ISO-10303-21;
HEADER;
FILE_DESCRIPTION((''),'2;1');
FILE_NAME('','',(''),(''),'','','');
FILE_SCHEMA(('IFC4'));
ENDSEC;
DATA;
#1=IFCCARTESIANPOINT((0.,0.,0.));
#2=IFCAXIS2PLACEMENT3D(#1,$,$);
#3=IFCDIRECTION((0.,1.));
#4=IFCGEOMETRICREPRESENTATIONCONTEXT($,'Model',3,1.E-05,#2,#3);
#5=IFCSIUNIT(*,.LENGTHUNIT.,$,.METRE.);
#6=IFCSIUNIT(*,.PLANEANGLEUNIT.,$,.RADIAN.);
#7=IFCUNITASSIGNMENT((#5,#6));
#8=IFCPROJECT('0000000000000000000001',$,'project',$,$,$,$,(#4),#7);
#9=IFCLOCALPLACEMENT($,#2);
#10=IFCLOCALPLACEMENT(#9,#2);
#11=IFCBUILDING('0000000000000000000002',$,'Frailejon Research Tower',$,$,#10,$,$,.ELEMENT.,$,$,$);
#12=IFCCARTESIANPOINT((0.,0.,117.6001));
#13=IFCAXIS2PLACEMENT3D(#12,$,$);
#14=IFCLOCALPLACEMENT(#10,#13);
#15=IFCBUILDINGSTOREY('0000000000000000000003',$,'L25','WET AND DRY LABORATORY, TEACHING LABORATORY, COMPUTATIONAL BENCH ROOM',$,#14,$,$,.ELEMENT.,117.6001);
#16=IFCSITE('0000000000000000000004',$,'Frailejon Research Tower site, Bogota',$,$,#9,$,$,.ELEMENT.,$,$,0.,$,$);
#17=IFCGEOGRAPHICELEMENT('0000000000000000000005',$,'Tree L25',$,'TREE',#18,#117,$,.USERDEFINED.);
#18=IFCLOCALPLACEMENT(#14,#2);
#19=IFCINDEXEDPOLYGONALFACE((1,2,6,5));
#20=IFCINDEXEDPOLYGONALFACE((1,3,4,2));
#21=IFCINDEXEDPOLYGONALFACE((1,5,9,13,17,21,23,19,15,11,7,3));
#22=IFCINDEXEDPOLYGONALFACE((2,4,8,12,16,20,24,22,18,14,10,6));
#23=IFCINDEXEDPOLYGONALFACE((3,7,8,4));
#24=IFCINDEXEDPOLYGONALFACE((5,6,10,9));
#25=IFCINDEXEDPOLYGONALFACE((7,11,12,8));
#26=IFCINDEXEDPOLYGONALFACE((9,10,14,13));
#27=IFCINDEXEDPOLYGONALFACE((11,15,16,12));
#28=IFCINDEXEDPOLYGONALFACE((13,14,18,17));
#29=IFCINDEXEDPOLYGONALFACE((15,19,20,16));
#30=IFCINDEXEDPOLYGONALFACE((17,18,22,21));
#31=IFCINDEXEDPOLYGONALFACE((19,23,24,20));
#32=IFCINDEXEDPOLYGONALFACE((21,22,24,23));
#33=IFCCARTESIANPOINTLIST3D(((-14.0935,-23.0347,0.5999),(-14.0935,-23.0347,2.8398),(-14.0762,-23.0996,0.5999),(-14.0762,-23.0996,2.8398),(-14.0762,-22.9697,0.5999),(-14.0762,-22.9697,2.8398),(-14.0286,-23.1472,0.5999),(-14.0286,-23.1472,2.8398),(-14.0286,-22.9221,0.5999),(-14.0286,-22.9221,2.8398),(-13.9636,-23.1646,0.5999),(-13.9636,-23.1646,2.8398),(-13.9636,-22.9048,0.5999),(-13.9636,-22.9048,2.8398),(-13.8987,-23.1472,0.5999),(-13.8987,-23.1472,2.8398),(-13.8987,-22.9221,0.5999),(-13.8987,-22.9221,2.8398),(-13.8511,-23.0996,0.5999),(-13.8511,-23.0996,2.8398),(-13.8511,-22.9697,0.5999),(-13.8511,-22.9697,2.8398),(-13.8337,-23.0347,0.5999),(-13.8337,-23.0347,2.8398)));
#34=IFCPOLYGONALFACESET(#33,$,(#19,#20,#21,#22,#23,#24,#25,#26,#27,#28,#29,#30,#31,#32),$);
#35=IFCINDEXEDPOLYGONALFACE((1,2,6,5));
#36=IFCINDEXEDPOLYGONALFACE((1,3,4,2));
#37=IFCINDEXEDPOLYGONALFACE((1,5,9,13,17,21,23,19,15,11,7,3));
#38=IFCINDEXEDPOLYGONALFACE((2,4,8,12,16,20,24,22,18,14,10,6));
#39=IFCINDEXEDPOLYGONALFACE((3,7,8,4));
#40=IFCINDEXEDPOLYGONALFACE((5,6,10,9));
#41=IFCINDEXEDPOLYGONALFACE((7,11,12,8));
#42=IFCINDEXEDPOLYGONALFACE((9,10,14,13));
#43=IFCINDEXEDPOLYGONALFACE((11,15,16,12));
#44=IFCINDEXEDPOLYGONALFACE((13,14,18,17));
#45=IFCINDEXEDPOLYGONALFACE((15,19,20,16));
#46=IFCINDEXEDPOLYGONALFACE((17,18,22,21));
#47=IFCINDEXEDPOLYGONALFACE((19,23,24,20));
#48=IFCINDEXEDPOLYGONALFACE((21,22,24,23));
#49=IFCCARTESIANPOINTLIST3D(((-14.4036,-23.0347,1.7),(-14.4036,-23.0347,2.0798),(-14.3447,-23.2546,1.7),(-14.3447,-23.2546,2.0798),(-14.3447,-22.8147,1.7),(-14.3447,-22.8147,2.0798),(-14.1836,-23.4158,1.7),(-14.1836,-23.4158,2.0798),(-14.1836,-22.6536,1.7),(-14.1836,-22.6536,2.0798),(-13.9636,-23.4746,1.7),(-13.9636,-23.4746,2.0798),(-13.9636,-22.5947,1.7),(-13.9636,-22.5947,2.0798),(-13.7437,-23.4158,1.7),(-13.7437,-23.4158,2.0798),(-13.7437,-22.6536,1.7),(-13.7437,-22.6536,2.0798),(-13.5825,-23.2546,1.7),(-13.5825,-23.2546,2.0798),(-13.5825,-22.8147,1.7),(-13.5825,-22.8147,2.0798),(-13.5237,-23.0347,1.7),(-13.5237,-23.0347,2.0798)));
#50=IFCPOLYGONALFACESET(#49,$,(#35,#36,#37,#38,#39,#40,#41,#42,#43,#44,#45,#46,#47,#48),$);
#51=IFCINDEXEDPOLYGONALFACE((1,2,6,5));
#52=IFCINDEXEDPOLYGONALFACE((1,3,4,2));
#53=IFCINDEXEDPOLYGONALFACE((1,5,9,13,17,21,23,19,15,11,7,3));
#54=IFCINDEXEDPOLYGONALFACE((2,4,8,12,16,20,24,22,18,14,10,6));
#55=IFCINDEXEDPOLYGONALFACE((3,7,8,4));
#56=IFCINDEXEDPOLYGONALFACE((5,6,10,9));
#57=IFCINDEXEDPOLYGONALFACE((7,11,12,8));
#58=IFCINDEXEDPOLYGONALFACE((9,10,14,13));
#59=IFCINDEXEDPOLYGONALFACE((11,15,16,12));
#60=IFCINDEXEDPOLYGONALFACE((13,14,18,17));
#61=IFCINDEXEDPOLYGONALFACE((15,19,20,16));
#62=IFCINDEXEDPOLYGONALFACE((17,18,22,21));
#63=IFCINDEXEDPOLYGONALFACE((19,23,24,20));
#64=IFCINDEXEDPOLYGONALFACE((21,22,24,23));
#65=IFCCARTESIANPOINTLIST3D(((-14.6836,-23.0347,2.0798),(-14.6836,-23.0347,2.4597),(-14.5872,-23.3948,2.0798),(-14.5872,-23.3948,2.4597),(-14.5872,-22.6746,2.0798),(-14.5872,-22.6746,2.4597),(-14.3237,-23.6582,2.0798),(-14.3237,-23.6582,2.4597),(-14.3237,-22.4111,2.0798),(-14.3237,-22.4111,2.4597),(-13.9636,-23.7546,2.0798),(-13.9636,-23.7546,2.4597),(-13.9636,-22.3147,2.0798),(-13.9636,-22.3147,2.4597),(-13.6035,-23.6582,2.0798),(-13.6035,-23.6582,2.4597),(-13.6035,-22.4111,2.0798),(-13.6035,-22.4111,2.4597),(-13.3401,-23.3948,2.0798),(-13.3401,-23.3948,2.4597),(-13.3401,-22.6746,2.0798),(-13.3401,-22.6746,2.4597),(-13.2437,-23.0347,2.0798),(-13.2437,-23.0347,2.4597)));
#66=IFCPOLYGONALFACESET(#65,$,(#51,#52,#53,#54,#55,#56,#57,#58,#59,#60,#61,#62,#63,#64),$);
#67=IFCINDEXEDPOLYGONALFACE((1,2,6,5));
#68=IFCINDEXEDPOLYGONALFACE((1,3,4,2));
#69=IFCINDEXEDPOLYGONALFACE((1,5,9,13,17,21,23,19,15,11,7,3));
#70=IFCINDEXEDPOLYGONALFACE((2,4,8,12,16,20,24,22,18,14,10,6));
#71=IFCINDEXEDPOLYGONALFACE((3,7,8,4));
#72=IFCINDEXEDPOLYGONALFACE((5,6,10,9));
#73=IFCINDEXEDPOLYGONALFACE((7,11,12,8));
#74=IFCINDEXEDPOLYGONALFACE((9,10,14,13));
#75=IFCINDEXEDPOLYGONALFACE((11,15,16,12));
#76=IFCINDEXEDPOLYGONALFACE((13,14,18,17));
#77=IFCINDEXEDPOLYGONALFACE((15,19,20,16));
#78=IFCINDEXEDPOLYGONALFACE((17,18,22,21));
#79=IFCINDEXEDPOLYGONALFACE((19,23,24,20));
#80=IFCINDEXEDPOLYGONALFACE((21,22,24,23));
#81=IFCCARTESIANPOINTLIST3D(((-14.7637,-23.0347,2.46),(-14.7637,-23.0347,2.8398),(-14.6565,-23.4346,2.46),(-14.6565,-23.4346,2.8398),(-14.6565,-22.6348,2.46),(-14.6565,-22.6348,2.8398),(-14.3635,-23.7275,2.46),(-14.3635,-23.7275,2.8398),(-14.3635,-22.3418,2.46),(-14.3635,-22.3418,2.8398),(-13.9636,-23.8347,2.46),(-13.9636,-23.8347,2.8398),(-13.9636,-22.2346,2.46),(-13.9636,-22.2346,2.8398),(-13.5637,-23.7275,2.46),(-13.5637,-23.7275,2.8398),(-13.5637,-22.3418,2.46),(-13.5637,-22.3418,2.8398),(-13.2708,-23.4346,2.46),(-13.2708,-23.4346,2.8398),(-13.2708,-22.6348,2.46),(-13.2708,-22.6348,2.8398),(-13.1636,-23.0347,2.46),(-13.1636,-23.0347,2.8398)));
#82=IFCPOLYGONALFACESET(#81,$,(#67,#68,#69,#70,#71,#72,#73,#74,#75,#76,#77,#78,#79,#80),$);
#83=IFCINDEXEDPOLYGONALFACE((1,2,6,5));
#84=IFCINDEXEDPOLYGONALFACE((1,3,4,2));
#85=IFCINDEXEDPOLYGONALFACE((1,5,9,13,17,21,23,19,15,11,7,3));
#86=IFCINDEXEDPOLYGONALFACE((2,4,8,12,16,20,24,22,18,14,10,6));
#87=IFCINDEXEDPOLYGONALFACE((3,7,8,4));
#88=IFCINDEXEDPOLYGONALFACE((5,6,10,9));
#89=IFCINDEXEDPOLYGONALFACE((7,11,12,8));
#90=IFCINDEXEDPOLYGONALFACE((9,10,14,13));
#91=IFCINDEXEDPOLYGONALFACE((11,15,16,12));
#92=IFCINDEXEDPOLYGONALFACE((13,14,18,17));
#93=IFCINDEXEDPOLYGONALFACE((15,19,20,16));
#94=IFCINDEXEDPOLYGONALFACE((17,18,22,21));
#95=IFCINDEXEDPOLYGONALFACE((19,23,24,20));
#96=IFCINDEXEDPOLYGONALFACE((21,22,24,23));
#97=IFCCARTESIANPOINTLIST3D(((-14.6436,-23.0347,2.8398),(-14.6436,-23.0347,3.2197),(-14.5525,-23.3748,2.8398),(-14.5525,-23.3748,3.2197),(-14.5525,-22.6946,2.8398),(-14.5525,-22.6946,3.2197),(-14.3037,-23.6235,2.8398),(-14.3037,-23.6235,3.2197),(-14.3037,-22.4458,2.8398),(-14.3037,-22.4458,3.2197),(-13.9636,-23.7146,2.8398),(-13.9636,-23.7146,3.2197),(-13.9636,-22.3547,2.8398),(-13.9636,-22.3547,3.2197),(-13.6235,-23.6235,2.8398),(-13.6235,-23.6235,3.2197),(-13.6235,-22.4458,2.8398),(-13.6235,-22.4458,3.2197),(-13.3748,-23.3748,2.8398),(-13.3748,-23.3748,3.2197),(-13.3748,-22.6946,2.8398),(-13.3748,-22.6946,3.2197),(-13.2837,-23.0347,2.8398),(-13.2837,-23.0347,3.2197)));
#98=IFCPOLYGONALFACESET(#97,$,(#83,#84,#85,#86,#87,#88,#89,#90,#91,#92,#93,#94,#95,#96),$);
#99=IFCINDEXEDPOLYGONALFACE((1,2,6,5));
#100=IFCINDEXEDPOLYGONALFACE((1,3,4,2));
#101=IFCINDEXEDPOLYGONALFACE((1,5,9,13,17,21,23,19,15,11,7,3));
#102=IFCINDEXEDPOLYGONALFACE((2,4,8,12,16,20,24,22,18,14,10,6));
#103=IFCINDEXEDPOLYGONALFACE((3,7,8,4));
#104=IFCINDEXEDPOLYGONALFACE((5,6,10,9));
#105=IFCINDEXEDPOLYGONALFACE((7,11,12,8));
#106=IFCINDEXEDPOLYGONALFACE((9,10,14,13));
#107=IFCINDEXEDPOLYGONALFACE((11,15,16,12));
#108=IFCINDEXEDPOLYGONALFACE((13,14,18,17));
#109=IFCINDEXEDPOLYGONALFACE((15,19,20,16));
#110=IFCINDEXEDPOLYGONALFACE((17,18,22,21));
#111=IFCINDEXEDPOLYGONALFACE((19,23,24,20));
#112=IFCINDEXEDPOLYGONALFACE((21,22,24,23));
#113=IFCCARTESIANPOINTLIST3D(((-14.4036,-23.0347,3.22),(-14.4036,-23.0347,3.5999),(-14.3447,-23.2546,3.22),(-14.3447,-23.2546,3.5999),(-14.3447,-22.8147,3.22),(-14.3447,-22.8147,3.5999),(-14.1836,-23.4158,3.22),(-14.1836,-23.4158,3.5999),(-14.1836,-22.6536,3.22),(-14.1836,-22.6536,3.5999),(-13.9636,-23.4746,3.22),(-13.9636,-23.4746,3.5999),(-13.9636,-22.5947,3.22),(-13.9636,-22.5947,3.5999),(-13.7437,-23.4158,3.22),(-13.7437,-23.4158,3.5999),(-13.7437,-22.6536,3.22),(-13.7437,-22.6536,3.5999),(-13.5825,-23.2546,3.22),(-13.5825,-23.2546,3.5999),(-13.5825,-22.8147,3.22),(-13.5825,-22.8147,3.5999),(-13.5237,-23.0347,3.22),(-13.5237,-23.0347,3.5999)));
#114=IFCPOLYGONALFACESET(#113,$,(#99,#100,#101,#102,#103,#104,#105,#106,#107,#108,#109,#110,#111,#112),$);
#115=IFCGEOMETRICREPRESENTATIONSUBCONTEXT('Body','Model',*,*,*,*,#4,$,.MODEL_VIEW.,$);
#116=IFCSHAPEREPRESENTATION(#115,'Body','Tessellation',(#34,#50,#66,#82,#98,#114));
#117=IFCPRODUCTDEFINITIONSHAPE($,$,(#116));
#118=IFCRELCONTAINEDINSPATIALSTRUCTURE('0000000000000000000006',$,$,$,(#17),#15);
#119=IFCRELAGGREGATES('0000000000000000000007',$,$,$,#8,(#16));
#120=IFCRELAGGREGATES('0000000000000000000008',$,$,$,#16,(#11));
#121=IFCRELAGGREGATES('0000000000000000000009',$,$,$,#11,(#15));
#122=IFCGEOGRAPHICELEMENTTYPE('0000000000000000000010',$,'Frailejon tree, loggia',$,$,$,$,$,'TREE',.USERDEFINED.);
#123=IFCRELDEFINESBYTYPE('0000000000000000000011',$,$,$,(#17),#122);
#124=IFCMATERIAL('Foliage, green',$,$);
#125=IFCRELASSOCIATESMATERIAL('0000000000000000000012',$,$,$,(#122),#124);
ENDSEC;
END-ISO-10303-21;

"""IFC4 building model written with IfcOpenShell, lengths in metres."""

from ifc_helpers import new_model, si_unit, direction, frame, origin, place, context, subcontext, project, spatial, polyline, outline, extrude, material, type_object, element, save


model = new_model("IFC4")

# Units and contexts
model_context = context("Model", 3, precision=1e-05, world=origin(), true_north=direction((0.0, 1.0)))
body_context = subcontext(model_context, "Body", "Model", "MODEL_VIEW")
ifc_project = project(units=[si_unit("LENGTHUNIT", "METRE"), si_unit("PLANEANGLEUNIT", "RADIAN")], contexts=[model_context])

# Site, building, storey
site_placement = place(None, origin())
site = spatial("IfcSite", under=ifc_project, at=site_placement, Name="Frailejon Research Tower site, Bogota", CompositionType="ELEMENT", RefElevation=0.0)
building_placement = place(site_placement, origin())
building = spatial("IfcBuilding", under=site, at=building_placement, Name="Frailejon Research Tower", CompositionType="ELEMENT")
storey_placement = place(building_placement, frame((0.0, 0.0, 117.6001)))
storey = spatial("IfcBuildingStorey", under=building, at=storey_placement, Name="L25", Description="WET AND DRY LABORATORY, TEACHING LABORATORY, COMPUTATIONAL BENCH ROOM", CompositionType="ELEMENT", Elevation=117.6001)

# Geographic element
ifc_material_1 = material(Name="Foliage, green")
geographic_element_type = type_object("IfcGeographicElementType", Name="Frailejon tree, loggia", ElementType="TREE", PredefinedType="USERDEFINED", material=ifc_material_1)
geographic_element_placement = place(storey_placement, frame((-13.9636, -23.0347, 0.5999)))
element("IfcGeographicElement", 1, at=geographic_element_placement, inside=storey, type_object=geographic_element_type, Name="Tree L25", ObjectType="TREE", PredefinedType="USERDEFINED", context=body_context, shape_type="SweptSolid", body=[
    extrude(outline(polyline([(0.1299, 0.0), (0.1125, 0.0649), (0.0649, 0.1125), (0.0, 0.1299), (-0.0649, 0.1125), (-0.1125, 0.0649), (-0.1299, 0.0), (-0.1125, -0.0649), (-0.0649, -0.1125), (0.0, -0.1299), (0.0649, -0.1125), (0.1125, -0.0649), (0.1299, 0.0)])), origin(), (0.0, 0.0, 1.0), 2.24),
    extrude(outline(polyline([(0.4399, 0.0), (0.3811, 0.22), (0.22, 0.3811), (0.0, 0.4399), (-0.22, 0.3811), (-0.3811, 0.22), (-0.4399, 0.0), (-0.3811, -0.22), (-0.22, -0.3811), (0.0, -0.4399), (0.22, -0.3811), (0.3811, -0.22), (0.4399, 0.0)])), frame((0.0, 0.0, 1.1001)), (0.0, 0.0, 1.0), 0.3799),
    extrude(outline(polyline([(0.72, 0.0), (0.6235, 0.3601), (0.3601, 0.6235), (0.0, 0.72), (-0.3601, 0.6235), (-0.6235, 0.3601), (-0.72, 0.0), (-0.6235, -0.3601), (-0.3601, -0.6235), (0.0, -0.72), (0.3601, -0.6235), (0.6235, -0.3601), (0.72, 0.0)])), frame((0.0, 0.0, 1.48)), (0.0, 0.0, 1.0), 0.3799),
    extrude(outline(polyline([(0.8, 0.0), (0.6929, 0.3999), (0.3999, 0.6929), (0.0, 0.8), (-0.3999, 0.6929), (-0.6929, 0.3999), (-0.8, 0.0), (-0.6929, -0.3999), (-0.3999, -0.6929), (0.0, -0.8), (0.3999, -0.6929), (0.6929, -0.3999), (0.8, 0.0)])), frame((0.0, 0.0, 1.8601)), (0.0, 0.0, 1.0), 0.3799),
    extrude(outline(polyline([(0.6799, 0.0), (0.5889, 0.3401), (0.3401, 0.5889), (0.0, 0.6799), (-0.3401, 0.5889), (-0.5889, 0.3401), (-0.6799, 0.0), (-0.5889, -0.3401), (-0.3401, -0.5889), (0.0, -0.6799), (0.3401, -0.5889), (0.5889, -0.3401), (0.6799, 0.0)])), frame((0.0, 0.0, 2.24)), (0.0, 0.0, 1.0), 0.3799),
    extrude(outline(polyline([(0.4399, 0.0), (0.3811, 0.22), (0.22, 0.3811), (0.0, 0.4399), (-0.22, 0.3811), (-0.3811, 0.22), (-0.4399, 0.0), (-0.3811, -0.22), (-0.22, -0.3811), (0.0, -0.4399), (0.22, -0.3811), (0.3811, -0.22), (0.4399, 0.0)])), frame((0.0, 0.0, 2.6201)), (0.0, 0.0, 1.0), 0.3799),
])

save(model, "model.ifc")
